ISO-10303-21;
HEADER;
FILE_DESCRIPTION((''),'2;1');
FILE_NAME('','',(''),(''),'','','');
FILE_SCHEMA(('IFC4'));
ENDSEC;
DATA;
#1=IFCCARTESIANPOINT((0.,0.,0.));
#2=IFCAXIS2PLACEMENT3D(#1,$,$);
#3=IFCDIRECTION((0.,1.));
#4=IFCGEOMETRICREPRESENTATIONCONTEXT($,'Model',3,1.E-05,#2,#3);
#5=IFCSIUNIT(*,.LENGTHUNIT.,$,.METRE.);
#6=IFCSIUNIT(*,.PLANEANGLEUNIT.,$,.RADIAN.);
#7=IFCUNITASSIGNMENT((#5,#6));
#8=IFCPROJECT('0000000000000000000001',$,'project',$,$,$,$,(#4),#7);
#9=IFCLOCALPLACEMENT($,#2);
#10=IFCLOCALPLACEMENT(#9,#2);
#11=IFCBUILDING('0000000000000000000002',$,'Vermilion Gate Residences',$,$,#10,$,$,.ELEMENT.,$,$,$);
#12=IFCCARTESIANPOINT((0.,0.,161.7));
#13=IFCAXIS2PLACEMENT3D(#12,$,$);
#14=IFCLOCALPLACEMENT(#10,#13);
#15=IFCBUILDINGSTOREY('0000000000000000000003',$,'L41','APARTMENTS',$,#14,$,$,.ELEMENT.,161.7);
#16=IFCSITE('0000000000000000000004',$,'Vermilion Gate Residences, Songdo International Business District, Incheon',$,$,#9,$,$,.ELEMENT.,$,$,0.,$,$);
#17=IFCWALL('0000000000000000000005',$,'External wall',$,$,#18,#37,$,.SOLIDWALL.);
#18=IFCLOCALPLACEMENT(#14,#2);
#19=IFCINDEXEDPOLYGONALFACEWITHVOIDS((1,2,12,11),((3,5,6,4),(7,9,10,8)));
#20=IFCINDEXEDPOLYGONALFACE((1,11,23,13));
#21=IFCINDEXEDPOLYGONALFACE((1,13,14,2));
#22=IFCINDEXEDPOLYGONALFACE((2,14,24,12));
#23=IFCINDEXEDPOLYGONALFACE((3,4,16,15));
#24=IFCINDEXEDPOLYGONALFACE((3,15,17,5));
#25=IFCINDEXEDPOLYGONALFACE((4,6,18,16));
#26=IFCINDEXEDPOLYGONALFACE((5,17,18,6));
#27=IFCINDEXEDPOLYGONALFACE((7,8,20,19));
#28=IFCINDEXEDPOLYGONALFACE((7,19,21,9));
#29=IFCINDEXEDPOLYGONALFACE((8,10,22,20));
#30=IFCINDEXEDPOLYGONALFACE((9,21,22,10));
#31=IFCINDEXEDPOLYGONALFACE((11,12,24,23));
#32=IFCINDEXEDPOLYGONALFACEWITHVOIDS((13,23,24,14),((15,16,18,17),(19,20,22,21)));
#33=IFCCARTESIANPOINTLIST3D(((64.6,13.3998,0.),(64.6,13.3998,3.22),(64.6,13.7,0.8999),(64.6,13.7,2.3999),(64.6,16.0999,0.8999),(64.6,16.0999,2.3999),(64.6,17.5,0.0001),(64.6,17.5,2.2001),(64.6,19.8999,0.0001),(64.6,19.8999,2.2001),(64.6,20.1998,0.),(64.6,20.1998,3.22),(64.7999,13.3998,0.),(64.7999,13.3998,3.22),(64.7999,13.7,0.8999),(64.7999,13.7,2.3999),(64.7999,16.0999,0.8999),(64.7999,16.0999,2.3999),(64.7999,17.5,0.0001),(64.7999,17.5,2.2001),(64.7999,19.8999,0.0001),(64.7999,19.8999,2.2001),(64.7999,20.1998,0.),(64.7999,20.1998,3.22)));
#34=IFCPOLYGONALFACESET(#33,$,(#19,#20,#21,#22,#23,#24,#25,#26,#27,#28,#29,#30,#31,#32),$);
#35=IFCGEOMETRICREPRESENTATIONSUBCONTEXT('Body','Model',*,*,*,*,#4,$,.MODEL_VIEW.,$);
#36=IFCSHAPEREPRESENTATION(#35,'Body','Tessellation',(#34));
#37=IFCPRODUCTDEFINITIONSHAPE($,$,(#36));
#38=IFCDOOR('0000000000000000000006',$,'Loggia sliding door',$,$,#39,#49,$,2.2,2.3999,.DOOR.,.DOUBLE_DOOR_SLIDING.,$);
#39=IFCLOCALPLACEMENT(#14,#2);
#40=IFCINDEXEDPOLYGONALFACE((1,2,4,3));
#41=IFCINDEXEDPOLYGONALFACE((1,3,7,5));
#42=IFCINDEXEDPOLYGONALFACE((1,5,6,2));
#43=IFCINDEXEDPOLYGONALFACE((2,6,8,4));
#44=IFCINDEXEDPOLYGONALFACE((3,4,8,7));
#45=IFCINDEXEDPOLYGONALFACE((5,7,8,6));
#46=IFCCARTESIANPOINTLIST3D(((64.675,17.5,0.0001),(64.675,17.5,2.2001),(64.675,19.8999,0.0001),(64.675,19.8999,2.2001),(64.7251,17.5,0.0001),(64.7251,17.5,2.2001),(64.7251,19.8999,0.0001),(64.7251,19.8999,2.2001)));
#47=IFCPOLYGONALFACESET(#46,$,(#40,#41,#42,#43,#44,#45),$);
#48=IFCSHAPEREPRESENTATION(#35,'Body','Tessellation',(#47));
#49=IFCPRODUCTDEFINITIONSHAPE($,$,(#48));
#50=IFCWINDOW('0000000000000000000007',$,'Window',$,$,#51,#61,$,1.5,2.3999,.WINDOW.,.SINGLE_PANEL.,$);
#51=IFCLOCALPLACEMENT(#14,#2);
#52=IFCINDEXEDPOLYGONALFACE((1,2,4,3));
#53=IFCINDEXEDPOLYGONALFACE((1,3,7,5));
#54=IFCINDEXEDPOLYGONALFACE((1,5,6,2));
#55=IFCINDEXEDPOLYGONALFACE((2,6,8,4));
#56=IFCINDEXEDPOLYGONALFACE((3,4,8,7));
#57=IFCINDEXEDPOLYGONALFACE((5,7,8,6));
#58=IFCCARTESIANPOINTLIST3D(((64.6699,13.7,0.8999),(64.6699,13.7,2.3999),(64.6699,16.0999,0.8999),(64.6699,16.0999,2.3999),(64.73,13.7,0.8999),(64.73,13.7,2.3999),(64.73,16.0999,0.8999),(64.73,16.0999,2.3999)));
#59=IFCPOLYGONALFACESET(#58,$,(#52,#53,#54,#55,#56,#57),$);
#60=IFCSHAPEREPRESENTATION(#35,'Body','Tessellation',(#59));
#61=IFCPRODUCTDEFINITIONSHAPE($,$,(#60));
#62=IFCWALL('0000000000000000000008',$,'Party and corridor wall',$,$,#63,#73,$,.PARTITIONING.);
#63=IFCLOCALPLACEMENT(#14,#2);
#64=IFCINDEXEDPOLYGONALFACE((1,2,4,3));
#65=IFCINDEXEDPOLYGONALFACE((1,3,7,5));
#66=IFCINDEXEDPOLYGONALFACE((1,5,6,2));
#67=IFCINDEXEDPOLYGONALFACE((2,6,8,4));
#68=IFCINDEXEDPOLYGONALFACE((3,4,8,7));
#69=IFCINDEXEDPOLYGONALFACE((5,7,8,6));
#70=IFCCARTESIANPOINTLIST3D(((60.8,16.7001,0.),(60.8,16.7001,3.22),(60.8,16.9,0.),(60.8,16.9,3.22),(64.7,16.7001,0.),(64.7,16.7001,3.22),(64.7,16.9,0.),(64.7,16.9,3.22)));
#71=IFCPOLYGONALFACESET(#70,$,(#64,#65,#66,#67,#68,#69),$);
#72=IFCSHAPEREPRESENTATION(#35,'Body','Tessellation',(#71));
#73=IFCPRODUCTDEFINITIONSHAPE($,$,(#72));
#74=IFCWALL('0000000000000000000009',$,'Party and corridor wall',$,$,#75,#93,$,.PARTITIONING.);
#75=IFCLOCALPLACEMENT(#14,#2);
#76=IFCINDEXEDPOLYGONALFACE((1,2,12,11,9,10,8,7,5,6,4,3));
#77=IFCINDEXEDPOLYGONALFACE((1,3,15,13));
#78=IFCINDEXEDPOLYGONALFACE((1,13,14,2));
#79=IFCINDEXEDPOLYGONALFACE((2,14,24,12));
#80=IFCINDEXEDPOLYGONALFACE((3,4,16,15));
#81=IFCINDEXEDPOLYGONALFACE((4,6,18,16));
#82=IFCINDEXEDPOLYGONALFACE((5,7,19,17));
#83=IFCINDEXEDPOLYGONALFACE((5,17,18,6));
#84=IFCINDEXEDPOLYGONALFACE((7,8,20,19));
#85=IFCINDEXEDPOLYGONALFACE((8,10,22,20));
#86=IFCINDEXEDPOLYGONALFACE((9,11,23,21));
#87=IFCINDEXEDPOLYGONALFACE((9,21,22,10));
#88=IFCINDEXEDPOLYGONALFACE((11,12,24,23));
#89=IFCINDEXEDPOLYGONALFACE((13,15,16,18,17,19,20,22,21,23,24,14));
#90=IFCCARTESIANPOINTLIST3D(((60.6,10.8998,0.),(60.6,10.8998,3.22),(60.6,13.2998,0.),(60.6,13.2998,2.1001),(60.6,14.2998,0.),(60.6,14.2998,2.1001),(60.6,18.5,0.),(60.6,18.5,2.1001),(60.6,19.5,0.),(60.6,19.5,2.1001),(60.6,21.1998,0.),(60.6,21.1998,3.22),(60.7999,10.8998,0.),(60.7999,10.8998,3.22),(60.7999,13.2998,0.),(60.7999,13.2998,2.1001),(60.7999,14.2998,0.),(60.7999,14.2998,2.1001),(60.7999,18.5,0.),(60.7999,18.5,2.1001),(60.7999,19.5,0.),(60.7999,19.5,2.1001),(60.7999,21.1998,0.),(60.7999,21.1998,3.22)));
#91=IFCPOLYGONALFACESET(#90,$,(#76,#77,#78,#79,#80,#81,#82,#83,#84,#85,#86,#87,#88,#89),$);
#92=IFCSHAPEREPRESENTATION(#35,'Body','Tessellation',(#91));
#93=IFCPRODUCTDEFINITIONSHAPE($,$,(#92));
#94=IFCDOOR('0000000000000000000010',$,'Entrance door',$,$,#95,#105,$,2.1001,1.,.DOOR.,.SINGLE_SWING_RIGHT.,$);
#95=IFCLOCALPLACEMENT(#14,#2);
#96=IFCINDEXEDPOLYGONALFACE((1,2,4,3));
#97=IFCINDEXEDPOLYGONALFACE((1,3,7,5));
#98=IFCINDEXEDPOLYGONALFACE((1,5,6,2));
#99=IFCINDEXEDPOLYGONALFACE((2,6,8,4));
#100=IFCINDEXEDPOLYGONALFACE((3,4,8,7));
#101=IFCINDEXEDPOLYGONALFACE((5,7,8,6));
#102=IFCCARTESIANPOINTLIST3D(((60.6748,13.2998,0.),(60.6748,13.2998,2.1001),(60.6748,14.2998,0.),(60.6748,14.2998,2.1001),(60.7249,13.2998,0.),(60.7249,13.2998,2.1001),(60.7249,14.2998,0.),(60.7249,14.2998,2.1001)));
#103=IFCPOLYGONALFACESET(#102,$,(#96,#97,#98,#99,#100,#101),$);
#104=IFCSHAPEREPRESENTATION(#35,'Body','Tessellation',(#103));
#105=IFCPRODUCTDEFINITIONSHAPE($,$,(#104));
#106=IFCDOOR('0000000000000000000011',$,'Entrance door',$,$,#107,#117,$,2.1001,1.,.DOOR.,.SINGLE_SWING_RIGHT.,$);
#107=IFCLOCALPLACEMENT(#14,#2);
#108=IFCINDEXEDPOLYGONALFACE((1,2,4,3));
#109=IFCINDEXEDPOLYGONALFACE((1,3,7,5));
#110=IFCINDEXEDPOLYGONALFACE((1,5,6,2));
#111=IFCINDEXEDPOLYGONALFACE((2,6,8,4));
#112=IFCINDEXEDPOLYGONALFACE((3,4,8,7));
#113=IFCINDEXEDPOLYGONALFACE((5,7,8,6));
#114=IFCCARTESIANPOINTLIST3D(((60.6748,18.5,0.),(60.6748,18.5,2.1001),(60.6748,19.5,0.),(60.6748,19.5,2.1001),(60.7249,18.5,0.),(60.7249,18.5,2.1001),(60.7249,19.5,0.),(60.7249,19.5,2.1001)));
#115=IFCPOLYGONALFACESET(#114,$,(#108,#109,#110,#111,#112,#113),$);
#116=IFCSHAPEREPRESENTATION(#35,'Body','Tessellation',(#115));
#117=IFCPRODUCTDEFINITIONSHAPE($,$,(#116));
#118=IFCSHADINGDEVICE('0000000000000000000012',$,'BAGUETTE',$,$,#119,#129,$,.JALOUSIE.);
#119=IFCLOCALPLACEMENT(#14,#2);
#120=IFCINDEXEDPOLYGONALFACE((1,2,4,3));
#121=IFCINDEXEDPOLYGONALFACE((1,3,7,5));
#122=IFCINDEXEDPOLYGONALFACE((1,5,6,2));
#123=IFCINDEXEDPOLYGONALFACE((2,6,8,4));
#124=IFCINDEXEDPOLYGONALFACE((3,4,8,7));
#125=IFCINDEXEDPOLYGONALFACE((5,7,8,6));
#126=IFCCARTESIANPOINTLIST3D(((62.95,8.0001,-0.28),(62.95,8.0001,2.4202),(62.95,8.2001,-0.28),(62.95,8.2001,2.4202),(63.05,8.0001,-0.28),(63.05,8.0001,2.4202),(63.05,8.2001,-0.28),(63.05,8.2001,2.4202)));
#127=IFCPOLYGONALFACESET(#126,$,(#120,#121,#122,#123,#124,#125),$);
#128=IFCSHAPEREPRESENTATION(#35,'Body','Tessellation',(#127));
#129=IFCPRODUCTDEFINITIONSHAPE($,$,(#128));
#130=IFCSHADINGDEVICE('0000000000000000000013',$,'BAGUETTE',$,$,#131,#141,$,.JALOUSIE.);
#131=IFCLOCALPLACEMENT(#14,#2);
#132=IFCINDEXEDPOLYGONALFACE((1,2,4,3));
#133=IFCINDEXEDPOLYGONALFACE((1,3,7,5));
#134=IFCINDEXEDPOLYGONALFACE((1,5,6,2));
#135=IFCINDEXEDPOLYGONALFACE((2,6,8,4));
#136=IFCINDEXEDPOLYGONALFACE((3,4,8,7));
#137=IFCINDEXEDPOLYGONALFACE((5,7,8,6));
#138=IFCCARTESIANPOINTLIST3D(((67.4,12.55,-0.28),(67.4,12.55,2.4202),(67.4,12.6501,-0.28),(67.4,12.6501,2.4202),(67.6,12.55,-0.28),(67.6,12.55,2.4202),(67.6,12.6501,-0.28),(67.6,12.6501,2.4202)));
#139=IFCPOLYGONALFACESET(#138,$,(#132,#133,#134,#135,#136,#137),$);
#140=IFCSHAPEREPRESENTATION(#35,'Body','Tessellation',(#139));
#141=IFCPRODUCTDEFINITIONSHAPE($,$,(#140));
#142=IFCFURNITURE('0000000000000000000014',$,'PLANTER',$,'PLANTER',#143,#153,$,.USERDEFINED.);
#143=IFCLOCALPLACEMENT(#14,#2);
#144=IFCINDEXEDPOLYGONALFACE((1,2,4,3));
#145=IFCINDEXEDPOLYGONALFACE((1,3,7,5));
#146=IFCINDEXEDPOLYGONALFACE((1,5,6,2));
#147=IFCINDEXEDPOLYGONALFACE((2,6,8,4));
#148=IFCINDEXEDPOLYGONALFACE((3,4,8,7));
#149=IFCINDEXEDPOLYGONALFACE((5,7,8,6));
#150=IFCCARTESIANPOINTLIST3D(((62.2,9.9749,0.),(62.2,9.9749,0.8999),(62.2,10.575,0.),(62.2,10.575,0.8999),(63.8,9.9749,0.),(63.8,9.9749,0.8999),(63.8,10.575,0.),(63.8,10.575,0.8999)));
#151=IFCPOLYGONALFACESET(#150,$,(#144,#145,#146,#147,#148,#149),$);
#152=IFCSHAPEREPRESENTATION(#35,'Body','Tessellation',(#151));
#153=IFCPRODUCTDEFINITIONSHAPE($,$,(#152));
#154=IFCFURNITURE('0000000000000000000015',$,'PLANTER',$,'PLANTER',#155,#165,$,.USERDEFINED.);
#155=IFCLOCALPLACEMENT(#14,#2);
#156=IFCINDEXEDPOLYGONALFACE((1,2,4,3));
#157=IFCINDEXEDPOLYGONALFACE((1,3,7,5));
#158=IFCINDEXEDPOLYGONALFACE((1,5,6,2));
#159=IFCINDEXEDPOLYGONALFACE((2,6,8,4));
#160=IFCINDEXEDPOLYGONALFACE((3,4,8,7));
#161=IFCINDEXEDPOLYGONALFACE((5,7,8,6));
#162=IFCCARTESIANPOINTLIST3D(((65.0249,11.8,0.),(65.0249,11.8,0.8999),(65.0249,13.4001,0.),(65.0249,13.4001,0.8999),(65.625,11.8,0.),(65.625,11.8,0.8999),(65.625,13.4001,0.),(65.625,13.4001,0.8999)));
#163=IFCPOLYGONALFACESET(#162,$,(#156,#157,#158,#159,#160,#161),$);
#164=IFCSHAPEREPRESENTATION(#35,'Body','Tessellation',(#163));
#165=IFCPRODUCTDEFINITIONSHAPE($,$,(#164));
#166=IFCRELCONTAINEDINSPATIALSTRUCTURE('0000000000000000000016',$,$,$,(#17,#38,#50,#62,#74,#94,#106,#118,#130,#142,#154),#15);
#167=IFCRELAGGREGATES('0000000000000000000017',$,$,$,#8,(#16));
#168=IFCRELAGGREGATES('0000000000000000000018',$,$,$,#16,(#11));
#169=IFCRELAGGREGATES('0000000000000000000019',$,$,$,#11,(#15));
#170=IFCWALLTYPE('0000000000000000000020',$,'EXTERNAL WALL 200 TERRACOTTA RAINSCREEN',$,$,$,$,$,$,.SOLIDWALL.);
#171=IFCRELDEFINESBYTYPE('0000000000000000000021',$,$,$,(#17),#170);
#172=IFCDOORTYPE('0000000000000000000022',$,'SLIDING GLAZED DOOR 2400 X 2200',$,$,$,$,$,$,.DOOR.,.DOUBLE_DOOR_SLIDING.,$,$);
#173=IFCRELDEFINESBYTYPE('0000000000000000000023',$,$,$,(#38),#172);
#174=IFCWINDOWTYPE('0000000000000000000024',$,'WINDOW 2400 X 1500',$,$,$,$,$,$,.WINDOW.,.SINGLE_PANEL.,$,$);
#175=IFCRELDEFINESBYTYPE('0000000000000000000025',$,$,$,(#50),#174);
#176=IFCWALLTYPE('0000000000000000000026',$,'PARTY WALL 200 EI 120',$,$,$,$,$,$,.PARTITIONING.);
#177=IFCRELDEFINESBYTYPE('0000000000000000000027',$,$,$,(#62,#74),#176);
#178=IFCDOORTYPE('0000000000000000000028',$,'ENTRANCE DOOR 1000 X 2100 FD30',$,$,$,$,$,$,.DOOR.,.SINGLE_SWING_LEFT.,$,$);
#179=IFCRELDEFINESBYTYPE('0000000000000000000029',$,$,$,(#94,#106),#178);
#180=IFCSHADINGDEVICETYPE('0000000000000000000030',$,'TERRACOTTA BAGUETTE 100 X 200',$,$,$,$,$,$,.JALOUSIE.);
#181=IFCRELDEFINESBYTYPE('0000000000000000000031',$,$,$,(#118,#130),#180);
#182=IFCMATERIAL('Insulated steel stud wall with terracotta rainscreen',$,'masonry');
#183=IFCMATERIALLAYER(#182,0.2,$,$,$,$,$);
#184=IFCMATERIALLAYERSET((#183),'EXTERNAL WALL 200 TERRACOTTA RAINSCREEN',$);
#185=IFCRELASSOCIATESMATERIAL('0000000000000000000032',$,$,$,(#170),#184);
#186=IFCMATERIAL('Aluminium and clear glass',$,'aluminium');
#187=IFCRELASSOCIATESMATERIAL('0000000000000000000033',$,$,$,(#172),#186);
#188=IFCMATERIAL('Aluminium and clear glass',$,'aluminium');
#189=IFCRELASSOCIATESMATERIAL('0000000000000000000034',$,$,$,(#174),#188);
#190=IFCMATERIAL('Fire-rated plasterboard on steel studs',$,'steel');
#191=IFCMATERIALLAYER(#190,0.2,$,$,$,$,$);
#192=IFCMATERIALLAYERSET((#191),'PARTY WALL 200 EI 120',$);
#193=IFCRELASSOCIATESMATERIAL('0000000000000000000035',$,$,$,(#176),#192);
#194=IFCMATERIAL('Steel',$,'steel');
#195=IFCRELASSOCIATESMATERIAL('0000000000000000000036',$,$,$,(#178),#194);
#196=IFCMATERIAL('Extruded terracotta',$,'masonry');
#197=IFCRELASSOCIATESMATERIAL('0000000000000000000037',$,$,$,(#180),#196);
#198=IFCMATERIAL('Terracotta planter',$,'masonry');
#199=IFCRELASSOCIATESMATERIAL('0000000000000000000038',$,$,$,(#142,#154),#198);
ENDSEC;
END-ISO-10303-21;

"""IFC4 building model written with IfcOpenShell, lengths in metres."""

from ifc_helpers import new_model, si_unit, direction, frame, frame_2d, origin, origin_2d, place, context, subcontext, project, spatial, rectangle, extrude, material, layer, layer_set, material_profile, profile_set, type_object, element, fill, save


model = new_model("IFC4")

# Units and contexts
model_context = context("Model", 3, precision=1e-05, world=origin(), true_north=direction((0.0, 1.0)))
body_context = subcontext(model_context, "Body", "Model", "MODEL_VIEW")
ifc_project = project(units=[si_unit("LENGTHUNIT", "METRE"), si_unit("PLANEANGLEUNIT", "RADIAN")], contexts=[model_context])

# Site, building, storey
site_placement = place(None, origin())
site = spatial("IfcSite", under=ifc_project, at=site_placement, Name="Vermilion Gate Residences, Songdo International Business District, Incheon", CompositionType="ELEMENT", RefElevation=0.0)
building_placement = place(site_placement, origin())
building = spatial("IfcBuilding", under=site, at=building_placement, Name="Vermilion Gate Residences", CompositionType="ELEMENT")
storey_placement = place(building_placement, frame((0.0, 0.0, 161.7)))
storey = spatial("IfcBuildingStorey", under=building, at=storey_placement, Name="L41", Description="APARTMENTS", CompositionType="ELEMENT", Elevation=161.7)

# Shared definitions
ifc_material_1 = material(Name="Insulated steel stud wall with terracotta rainscreen", Category="masonry")
ifc_layer_1 = layer(ifc_material_1, 0.2)
ifc_layer_set_1 = layer_set([ifc_layer_1], Name="EXTERNAL WALL 200 TERRACOTTA RAINSCREEN")
wall_type_1 = type_object("IfcWallType", Name="EXTERNAL WALL 200 TERRACOTTA RAINSCREEN", PredefinedType="SOLIDWALL", material=ifc_layer_set_1)

# Wall, openings, door, window
wall_1_placement = place(storey_placement, frame((64.7, 13.3999, 0.0), z_axis=(0.0, 0.0, 1.0), x_axis=(0.0, 1.0, 0.0)))
wall_1 = element("IfcWall", 1, at=wall_1_placement, inside=storey, type_object=wall_type_1, Name="External wall", PredefinedType="SOLIDWALL", context=body_context, shape_type="SweptSolid", body=[
    extrude(rectangle(XDim=6.8, YDim=0.2, at=frame_2d((3.3999, 0.0))), origin(), (0.0, 0.0, 1.0), 3.22),
])
opening_1_placement = place(wall_1_placement, frame((0.3, 0.0, 0.8999)))
opening_1 = element("IfcOpeningElement", 2, at=opening_1_placement, cuts=wall_1, PredefinedType="OPENING", context=body_context, shape_type="SweptSolid", body=[
    extrude(rectangle(XDim=2.3999, YDim=1.5, at=frame_2d((1.2, 0.75))), frame((0.0, 0.1099, 0.0), z_axis=(0.0, -1.0, 0.0), x_axis=(1.0, 0.0, 0.0)), (0.0, 0.0, 1.0), 0.22),
])
opening_2_placement = place(wall_1_placement, frame((4.1001, 0.0, 0.0)))
opening_2 = element("IfcOpeningElement", 3, at=opening_2_placement, cuts=wall_1, PredefinedType="OPENING", context=body_context, shape_type="SweptSolid", body=[
    extrude(rectangle(XDim=2.3999, YDim=2.2, at=frame_2d((1.2, 1.1001))), frame((0.0, 0.1099, 0.0), z_axis=(0.0, -1.0, 0.0), x_axis=(1.0, 0.0, 0.0)), (0.0, 0.0, 1.0), 0.22),
])
ifc_material_2 = material(Name="Aluminium and clear glass", Category="aluminium")
door_type_1 = type_object("IfcDoorType", Name="SLIDING GLAZED DOOR 2400 X 2200", OperationType="DOUBLE_DOOR_SLIDING", PredefinedType="DOOR", material=ifc_material_2)
door_1_placement = place(opening_2_placement, origin())
door_1 = element("IfcDoor", 4, at=door_1_placement, inside=storey, type_object=door_type_1, Name="Loggia sliding door", OperationType="DOUBLE_DOOR_SLIDING", OverallHeight=2.2, OverallWidth=2.3999, PredefinedType="DOOR", context=body_context, shape_type="SweptSolid", body=[
    extrude(rectangle(XDim=2.3999, YDim=2.2, at=frame_2d((1.2, 1.1001))), frame((0.0, 0.0249, 0.0), z_axis=(0.0, -1.0, 0.0), x_axis=(1.0, 0.0, 0.0)), (0.0, 0.0, 1.0), 0.05),
])
fill(opening_2, door_1)
ifc_material_3 = material(Name="Aluminium and clear glass", Category="aluminium")
window_type_1 = type_object("IfcWindowType", Name="WINDOW 2400 X 1500", PartitioningType="SINGLE_PANEL", PredefinedType="WINDOW", material=ifc_material_3)
window_1_placement = place(opening_1_placement, origin())
window_1 = element("IfcWindow", 5, at=window_1_placement, inside=storey, type_object=window_type_1, Name="Window", OverallHeight=1.5, OverallWidth=2.3999, PartitioningType="SINGLE_PANEL", PredefinedType="WINDOW", context=body_context, shape_type="SweptSolid", body=[
    extrude(rectangle(XDim=2.3999, YDim=1.5, at=frame_2d((1.2, 0.75))), frame((0.0, 0.03, 0.0), z_axis=(0.0, -1.0, 0.0), x_axis=(1.0, 0.0, 0.0)), (0.0, 0.0, 1.0), 0.0601),
])
fill(opening_1, window_1)

# Wall
ifc_material_4 = material(Name="Fire-rated plasterboard on steel studs", Category="steel")
ifc_layer_2 = layer(ifc_material_4, 0.2)
ifc_layer_set_2 = layer_set([ifc_layer_2], Name="PARTY WALL 200 EI 120")
wall_type_2 = type_object("IfcWallType", Name="PARTY WALL 200 EI 120", PredefinedType="PARTITIONING", material=ifc_layer_set_2)
wall_2_placement = place(storey_placement, frame((60.8, 16.8, 0.0), z_axis=(0.0, 0.0, 1.0), x_axis=(1.0, 0.0, 0.0)))
element("IfcWall", 6, at=wall_2_placement, inside=storey, type_object=wall_type_2, Name="Party and corridor wall", PredefinedType="PARTITIONING", context=body_context, shape_type="SweptSolid", body=[
    extrude(rectangle(XDim=3.8999, YDim=0.2, at=frame_2d((1.95, 0.0))), origin(), (0.0, 0.0, 1.0), 3.22),
])

# Wall, openings, doors
wall_3_placement = place(storey_placement, frame((60.7, 10.8999, 0.0), z_axis=(0.0, 0.0, 1.0), x_axis=(0.0, 1.0, 0.0)))
wall_3 = element("IfcWall", 7, at=wall_3_placement, inside=storey, type_object=wall_type_2, Name="Party and corridor wall", PredefinedType="PARTITIONING", context=body_context, shape_type="SweptSolid", body=[
    extrude(rectangle(XDim=10.3, YDim=0.2, at=frame_2d((5.1499, 0.0))), origin(), (0.0, 0.0, 1.0), 3.22),
])
opening_3_placement = place(wall_3_placement, frame((2.3999, 0.0, 0.0)))
opening_3 = element("IfcOpeningElement", 8, at=opening_3_placement, cuts=wall_3, PredefinedType="OPENING", context=body_context, shape_type="SweptSolid", body=[
    extrude(rectangle(XDim=1.0, YDim=2.1001, at=frame_2d((0.5, 1.05))), frame((0.0, 0.1099, 0.0), z_axis=(0.0, -1.0, 0.0), x_axis=(1.0, 0.0, 0.0)), (0.0, 0.0, 1.0), 0.22),
])
opening_4_placement = place(wall_3_placement, frame((7.6001, 0.0, 0.0)))
opening_4 = element("IfcOpeningElement", 9, at=opening_4_placement, cuts=wall_3, PredefinedType="OPENING", context=body_context, shape_type="SweptSolid", body=[
    extrude(rectangle(XDim=1.0, YDim=2.1001, at=frame_2d((0.5, 1.05))), frame((0.0, 0.1099, 0.0), z_axis=(0.0, -1.0, 0.0), x_axis=(1.0, 0.0, 0.0)), (0.0, 0.0, 1.0), 0.22),
])
ifc_material_5 = material(Name="Steel", Category="steel")
door_type_2 = type_object("IfcDoorType", Name="ENTRANCE DOOR 1000 X 2100 FD30", OperationType="SINGLE_SWING_LEFT", PredefinedType="DOOR", material=ifc_material_5)
door_2_placement = place(opening_3_placement, frame((1.0, 0.0, 0.0), z_axis=(0.0, 0.0, 1.0), x_axis=(-1.0, 0.0, 0.0)))
door_2 = element("IfcDoor", 10, at=door_2_placement, inside=storey, type_object=door_type_2, Name="Entrance door", OperationType="SINGLE_SWING_RIGHT", OverallHeight=2.1001, OverallWidth=1.0, PredefinedType="DOOR", context=body_context, shape_type="SweptSolid", body=[
    extrude(rectangle(XDim=1.0, YDim=2.1001, at=frame_2d((0.5, 1.05))), frame((0.0, 0.0249, 0.0), z_axis=(0.0, -1.0, 0.0), x_axis=(1.0, 0.0, 0.0)), (0.0, 0.0, 1.0), 0.05),
])
fill(opening_3, door_2)
door_3_placement = place(opening_4_placement, frame((1.0, 0.0, 0.0), z_axis=(0.0, 0.0, 1.0), x_axis=(-1.0, 0.0, 0.0)))
door_3 = element("IfcDoor", 11, at=door_3_placement, inside=storey, type_object=door_type_2, Name="Entrance door", OperationType="SINGLE_SWING_RIGHT", OverallHeight=2.1001, OverallWidth=1.0, PredefinedType="DOOR", context=body_context, shape_type="SweptSolid", body=[
    extrude(rectangle(XDim=1.0, YDim=2.1001, at=frame_2d((0.5, 1.05))), frame((0.0, 0.0249, 0.0), z_axis=(0.0, -1.0, 0.0), x_axis=(1.0, 0.0, 0.0)), (0.0, 0.0, 1.0), 0.05),
])
fill(opening_4, door_3)

# Shading devices
ifc_material_6 = material(Name="Extruded terracotta", Category="masonry")
ifc_material_profile_1 = material_profile(ifc_material_6, rectangle(XDim=0.2, YDim=0.1001, at=origin_2d()), Name="BAGUETTE 100 X 200")
ifc_profile_set_1 = profile_set([ifc_material_profile_1], Name="Extruded terracotta")
shading_device_type = type_object("IfcShadingDeviceType", Name="TERRACOTTA BAGUETTE 100 X 200", PredefinedType="JALOUSIE", material=ifc_profile_set_1)
for number, where, z_axis, x_axis, name in (
    (12, (63.0, 8.1001, -0.28), (0.0, 0.0, 1.0), (0.0, 1.0, 0.0), "BAGUETTE"),
    (13, (67.5, 12.6001, -0.28), (0.0, 0.0, 1.0), (-1.0, 0.0, 0.0), "BAGUETTE"),
):
    element("IfcShadingDevice", number, at=place(storey_placement, frame(where, z_axis=z_axis, x_axis=x_axis)), inside=storey, type_object=shading_device_type, Name=name, PredefinedType="JALOUSIE", context=body_context, shape_type="SweptSolid", body=[
        extrude(rectangle(XDim=0.2, YDim=0.1001, at=origin_2d()), origin(), (0.0, 0.0, 1.0), 2.7002),
    ])

# Furniture
ifc_material_7 = material(Name="Terracotta planter", Category="masonry")
for number, where, z_axis, x_axis, name in (
    (14, (63.0, 10.2749, 0.0), (0.0, 0.0, 1.0), (1.0, 0.0, 0.0), "PLANTER"),
    (15, (65.325, 12.6001, 0.0), (0.0, 0.0, 1.0), (0.0, 1.0, 0.0), "PLANTER"),
):
    element("IfcFurniture", number, at=place(storey_placement, frame(where, z_axis=z_axis, x_axis=x_axis)), inside=storey, material=ifc_material_7, Name=name, ObjectType="PLANTER", PredefinedType="USERDEFINED", context=body_context, shape_type="SweptSolid", body=[
        extrude(rectangle(XDim=1.6001, YDim=0.6001, at=origin_2d()), origin(), (0.0, 0.0, 1.0), 0.8999),
    ])

save(model, "model.ifc")
